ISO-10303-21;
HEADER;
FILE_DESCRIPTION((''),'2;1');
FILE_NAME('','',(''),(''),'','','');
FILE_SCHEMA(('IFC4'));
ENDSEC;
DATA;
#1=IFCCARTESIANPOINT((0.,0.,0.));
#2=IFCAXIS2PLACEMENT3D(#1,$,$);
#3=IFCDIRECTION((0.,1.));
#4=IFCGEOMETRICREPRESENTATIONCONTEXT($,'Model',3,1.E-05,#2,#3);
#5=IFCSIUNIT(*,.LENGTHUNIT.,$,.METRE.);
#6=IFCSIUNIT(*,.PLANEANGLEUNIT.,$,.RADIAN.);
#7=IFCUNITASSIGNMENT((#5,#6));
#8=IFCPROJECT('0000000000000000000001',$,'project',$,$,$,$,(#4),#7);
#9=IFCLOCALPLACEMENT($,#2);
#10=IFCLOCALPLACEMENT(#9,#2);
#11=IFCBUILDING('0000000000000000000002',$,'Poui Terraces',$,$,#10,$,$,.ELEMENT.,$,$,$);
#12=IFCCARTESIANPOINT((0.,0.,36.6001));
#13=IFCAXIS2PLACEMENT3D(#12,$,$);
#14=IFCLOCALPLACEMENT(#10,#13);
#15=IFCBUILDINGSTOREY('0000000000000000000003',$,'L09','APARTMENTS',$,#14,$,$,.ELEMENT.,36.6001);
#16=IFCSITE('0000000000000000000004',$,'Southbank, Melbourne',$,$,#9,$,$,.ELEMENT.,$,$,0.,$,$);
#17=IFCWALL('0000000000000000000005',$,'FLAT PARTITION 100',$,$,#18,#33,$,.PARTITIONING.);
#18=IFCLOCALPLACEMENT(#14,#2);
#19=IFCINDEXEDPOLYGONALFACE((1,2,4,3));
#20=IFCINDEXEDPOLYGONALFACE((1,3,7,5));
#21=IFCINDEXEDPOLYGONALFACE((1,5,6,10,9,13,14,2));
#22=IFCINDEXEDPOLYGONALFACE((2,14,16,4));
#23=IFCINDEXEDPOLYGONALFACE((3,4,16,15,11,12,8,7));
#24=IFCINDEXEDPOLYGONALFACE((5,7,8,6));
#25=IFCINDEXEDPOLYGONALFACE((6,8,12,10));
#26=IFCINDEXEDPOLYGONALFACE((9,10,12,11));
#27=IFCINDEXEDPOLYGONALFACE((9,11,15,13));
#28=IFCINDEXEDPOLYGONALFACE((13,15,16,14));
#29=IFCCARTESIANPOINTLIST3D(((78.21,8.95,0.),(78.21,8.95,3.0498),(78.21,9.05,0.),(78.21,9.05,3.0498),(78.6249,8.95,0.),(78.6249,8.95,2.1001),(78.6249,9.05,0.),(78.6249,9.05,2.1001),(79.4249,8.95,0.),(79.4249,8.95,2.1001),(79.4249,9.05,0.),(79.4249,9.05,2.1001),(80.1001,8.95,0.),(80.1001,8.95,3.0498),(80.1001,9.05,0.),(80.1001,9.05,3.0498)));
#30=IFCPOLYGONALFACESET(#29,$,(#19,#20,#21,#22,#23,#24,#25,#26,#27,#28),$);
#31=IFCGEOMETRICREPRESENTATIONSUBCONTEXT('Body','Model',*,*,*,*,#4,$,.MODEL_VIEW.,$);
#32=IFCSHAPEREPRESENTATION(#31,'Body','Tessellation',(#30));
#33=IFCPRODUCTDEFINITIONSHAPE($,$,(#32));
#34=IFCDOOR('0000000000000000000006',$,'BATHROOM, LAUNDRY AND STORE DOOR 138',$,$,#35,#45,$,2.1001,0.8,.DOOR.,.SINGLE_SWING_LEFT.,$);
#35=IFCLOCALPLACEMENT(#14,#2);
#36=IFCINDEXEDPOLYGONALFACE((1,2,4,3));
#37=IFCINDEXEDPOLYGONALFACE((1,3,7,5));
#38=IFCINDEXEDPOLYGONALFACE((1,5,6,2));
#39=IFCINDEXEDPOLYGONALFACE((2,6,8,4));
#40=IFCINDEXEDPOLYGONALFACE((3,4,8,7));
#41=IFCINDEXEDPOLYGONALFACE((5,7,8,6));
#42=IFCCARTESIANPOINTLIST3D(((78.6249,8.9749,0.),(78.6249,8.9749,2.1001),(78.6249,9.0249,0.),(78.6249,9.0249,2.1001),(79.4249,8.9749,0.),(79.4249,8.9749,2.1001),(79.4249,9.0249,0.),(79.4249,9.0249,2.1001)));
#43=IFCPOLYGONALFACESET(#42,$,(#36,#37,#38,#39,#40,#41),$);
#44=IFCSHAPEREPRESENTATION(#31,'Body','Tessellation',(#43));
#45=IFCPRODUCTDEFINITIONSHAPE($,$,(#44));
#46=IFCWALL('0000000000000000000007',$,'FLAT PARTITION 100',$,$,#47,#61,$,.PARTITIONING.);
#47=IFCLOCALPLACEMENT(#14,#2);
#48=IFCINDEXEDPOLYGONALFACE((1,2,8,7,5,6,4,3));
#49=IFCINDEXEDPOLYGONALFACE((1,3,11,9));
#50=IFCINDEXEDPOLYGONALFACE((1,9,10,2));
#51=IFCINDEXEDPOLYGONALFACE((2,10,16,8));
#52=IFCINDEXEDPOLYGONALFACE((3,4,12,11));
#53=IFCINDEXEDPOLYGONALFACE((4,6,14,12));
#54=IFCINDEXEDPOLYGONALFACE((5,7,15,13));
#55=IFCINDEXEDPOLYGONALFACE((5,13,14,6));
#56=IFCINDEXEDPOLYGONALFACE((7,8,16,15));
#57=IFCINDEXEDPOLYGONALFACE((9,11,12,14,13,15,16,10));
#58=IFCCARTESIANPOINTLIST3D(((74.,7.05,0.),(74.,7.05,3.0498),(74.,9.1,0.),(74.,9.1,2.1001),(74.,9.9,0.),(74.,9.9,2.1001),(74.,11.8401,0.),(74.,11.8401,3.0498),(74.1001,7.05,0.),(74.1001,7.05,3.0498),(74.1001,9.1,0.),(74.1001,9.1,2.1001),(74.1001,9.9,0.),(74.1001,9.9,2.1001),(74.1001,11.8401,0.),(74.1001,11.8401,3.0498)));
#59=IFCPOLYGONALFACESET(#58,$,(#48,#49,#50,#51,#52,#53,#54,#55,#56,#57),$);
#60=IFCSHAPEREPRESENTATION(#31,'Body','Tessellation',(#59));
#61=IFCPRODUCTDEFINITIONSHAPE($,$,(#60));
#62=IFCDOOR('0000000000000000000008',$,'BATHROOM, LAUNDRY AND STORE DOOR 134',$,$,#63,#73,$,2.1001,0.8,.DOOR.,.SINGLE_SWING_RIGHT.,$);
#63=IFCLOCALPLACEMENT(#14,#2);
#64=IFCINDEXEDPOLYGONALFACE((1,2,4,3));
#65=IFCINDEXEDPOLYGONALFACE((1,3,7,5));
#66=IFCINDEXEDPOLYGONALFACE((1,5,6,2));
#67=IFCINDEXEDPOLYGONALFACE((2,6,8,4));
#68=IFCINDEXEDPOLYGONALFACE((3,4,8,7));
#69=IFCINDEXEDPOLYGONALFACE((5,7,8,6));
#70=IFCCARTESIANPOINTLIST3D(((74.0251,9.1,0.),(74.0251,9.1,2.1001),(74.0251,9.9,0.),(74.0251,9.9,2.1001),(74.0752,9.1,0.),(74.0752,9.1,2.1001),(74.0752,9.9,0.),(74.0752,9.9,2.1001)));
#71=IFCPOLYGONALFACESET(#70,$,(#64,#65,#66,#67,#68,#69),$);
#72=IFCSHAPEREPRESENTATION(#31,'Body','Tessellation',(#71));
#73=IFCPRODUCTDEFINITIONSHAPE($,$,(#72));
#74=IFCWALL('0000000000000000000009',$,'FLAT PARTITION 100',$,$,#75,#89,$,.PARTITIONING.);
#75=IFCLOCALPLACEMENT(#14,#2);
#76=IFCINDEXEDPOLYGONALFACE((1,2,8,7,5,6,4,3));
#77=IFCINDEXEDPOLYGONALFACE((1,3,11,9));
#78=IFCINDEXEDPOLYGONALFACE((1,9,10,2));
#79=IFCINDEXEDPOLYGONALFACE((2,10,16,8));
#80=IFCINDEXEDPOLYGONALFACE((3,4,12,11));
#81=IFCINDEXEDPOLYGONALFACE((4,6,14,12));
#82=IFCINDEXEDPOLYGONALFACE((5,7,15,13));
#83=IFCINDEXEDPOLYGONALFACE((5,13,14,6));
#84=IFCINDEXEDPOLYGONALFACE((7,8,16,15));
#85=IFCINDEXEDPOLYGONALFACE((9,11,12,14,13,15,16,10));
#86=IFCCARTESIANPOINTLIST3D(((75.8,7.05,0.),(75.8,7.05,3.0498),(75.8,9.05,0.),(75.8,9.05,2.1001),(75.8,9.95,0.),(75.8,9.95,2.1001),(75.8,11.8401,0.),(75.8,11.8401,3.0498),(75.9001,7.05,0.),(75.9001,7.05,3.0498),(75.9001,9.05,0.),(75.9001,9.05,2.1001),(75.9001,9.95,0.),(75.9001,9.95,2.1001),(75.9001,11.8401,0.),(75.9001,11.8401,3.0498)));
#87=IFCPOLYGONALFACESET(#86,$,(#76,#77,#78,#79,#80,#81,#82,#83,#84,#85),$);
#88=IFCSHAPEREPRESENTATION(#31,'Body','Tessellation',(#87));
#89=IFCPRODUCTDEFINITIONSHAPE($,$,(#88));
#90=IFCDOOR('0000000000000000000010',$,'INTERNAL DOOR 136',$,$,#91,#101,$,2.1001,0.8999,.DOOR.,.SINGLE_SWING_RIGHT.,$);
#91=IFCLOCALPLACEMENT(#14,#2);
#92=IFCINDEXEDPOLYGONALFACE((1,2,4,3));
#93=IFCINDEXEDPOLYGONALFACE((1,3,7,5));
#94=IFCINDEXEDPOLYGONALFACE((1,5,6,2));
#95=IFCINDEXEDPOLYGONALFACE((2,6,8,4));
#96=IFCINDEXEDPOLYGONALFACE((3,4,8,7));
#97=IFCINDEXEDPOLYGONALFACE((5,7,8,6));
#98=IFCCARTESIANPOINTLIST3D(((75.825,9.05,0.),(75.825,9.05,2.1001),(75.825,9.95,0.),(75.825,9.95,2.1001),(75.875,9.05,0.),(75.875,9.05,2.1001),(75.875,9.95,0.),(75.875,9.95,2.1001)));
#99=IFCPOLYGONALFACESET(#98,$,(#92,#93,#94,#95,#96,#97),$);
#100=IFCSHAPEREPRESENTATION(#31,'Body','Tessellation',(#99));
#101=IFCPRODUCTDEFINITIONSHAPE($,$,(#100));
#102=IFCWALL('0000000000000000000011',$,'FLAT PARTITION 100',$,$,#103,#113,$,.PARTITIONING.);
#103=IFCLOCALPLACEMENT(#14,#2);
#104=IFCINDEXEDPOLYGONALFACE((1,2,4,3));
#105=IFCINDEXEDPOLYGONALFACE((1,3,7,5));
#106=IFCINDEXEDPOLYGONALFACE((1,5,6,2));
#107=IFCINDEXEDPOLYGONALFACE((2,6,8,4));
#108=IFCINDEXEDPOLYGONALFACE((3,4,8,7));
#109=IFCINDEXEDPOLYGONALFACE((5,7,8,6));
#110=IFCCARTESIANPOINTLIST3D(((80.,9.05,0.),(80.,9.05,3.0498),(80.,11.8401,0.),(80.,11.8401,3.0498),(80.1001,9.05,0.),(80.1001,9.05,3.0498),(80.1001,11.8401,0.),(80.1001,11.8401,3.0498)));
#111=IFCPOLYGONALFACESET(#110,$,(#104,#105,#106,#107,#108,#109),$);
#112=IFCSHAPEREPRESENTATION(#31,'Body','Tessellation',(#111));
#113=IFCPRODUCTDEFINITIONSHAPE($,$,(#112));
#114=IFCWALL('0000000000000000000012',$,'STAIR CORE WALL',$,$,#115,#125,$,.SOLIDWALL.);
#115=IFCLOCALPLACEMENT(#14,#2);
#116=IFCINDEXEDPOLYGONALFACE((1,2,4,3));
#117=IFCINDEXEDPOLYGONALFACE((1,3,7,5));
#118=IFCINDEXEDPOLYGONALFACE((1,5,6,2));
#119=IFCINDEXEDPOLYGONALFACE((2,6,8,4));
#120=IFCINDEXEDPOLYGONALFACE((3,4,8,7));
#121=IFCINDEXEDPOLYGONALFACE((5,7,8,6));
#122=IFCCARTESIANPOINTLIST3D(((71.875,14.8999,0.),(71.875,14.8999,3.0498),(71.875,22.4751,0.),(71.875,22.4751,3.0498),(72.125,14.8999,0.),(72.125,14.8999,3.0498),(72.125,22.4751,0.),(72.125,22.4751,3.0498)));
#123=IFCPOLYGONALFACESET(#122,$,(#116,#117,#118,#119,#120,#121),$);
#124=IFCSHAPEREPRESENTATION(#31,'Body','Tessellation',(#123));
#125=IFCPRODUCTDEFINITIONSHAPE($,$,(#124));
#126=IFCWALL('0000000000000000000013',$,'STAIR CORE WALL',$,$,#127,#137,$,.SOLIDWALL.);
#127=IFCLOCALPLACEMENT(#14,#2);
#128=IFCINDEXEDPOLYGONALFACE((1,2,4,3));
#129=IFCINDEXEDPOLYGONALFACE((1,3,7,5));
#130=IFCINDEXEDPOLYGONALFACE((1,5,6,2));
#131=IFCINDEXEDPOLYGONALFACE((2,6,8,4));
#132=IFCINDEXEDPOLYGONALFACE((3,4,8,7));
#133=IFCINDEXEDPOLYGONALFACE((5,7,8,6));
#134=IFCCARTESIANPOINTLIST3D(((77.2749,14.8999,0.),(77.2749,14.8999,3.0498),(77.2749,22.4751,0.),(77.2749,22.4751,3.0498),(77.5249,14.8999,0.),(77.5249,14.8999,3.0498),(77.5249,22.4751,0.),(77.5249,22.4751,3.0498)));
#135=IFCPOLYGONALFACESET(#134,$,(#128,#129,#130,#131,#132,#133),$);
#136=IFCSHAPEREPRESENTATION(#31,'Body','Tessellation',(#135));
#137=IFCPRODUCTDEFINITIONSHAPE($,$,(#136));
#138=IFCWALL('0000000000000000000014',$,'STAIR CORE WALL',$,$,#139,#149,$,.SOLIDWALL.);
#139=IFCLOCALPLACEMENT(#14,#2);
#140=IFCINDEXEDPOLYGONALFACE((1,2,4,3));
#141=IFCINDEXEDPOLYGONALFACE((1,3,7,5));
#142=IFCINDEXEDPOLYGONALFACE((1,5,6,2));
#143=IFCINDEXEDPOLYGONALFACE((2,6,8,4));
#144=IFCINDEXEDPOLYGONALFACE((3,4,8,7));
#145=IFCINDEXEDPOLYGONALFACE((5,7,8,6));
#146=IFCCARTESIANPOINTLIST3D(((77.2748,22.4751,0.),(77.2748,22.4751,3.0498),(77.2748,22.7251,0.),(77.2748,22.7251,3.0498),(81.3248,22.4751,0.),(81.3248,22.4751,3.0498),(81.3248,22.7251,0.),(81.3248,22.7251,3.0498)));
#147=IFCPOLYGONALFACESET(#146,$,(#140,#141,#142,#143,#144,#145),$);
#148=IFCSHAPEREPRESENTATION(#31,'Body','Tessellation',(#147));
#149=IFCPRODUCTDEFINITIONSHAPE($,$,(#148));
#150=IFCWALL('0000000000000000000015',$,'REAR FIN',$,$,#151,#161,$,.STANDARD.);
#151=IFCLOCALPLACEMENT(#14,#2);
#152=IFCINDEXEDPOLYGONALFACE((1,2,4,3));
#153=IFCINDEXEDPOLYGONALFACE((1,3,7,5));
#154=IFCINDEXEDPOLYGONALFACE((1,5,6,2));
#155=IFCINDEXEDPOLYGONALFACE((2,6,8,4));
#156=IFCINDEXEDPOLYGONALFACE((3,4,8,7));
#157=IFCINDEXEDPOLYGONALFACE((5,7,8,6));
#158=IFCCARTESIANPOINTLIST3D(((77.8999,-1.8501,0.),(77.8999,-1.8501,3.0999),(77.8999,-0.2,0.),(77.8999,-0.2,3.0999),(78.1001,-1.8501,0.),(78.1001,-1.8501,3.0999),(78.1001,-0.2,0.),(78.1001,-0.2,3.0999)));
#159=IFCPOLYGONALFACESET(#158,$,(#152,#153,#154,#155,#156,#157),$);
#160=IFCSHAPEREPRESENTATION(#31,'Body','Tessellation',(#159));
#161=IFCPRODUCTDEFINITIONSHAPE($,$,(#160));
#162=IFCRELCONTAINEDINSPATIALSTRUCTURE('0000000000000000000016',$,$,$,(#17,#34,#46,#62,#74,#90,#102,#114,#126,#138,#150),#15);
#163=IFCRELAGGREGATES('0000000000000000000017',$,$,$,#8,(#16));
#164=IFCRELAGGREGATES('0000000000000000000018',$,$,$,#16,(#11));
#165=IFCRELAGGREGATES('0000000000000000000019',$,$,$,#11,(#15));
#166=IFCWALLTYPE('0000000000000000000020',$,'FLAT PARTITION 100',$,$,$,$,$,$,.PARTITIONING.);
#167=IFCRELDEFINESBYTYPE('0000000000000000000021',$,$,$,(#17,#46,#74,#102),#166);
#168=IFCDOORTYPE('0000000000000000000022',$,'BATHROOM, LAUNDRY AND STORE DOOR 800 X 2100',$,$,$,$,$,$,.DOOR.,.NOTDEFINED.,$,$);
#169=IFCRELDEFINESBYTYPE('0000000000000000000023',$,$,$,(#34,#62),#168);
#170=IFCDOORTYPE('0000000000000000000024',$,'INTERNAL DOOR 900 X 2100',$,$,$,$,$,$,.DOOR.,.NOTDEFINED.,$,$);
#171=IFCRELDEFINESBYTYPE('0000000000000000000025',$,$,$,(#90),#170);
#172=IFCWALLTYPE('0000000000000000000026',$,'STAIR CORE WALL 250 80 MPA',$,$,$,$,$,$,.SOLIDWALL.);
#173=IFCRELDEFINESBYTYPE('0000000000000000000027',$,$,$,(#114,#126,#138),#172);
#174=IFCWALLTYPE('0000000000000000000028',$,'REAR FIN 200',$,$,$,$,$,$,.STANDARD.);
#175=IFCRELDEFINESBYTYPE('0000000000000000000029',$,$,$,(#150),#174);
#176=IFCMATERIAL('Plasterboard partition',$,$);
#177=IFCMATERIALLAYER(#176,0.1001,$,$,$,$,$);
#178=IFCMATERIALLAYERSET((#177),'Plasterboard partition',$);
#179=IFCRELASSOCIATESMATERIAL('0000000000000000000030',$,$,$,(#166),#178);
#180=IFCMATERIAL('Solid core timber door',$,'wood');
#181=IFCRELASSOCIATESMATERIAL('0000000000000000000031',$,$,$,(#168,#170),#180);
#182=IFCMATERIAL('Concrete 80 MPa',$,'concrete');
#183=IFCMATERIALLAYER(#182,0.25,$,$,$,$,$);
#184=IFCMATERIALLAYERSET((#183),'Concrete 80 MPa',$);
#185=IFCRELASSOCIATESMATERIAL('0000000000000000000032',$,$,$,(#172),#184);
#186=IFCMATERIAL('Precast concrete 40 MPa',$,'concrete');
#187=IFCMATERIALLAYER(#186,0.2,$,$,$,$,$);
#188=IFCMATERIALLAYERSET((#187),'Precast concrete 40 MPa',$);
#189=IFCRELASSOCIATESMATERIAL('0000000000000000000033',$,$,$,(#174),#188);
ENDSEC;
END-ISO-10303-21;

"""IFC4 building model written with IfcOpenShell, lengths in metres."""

from ifc_helpers import new_model, si_unit, direction, frame, frame_2d, origin, place, context, subcontext, project, spatial, polyline, rectangle, outline, extrude, source, transform, mapped, material, layer, layer_set, type_object, element, fill, save


model = new_model("IFC4")

# Units and contexts
model_context = context("Model", 3, precision=1e-05, world=origin(), true_north=direction((0.0, 1.0)))
body_context = subcontext(model_context, "Body", "Model", "MODEL_VIEW")
ifc_project = project(units=[si_unit("LENGTHUNIT", "METRE"), si_unit("PLANEANGLEUNIT", "RADIAN")], contexts=[model_context])

# Site, building, storey
site_placement = place(None, origin())
site = spatial("IfcSite", under=ifc_project, at=site_placement, Name="Southbank, Melbourne", CompositionType="ELEMENT", RefElevation=0.0)
building_placement = place(site_placement, origin())
building = spatial("IfcBuilding", under=site, at=building_placement, Name="Poui Terraces", CompositionType="ELEMENT")
storey_placement = place(building_placement, frame((0.0, 0.0, 36.6001)))
storey = spatial("IfcBuildingStorey", under=building, at=storey_placement, Name="L09", Description="APARTMENTS", CompositionType="ELEMENT", Elevation=36.6001)

# Shared definitions
ifc_material_1 = material(Name="Concrete 80 MPa", Category="concrete")

# Shared definitions
ifc_material_2 = material(Name="Precast concrete 40 MPa", Category="concrete")

# Shared definitions
ifc_material_3 = material(Name="Plasterboard partition")
ifc_layer_1 = layer(ifc_material_3, 0.1001)
ifc_layer_set_1 = layer_set([ifc_layer_1], Name="Plasterboard partition")
wall_type_1 = type_object("IfcWallType", Name="FLAT PARTITION 100", PredefinedType="PARTITIONING", material=ifc_layer_set_1)

# Walls, openings, doors
wall_1_placement = place(storey_placement, frame((78.21, 9.0, 0.0), z_axis=(0.0, 0.0, 1.0), x_axis=(1.0, 0.0, 0.0)))
wall_1 = element("IfcWall", 1, at=wall_1_placement, inside=storey, type_object=wall_type_1, Name="FLAT PARTITION 100", PredefinedType="PARTITIONING", context=body_context, shape_type="SweptSolid", body=[
    extrude(rectangle(XDim=1.8901, YDim=0.1001, at=frame_2d((0.9451, 0.0))), origin(), (0.0, 0.0, 1.0), 3.0498),
])
opening_1_placement = place(wall_1_placement, frame((0.415, 0.0, 0.0)))
opening_1 = element("IfcOpeningElement", 2, at=opening_1_placement, cuts=wall_1, PredefinedType="OPENING", context=body_context, shape_type="SweptSolid", body=[
    extrude(rectangle(XDim=0.8, YDim=2.1001, at=frame_2d((0.3999, 1.05))), frame((0.0, 0.0601, 0.0), z_axis=(0.0, -1.0, 0.0), x_axis=(1.0, 0.0, 0.0)), (0.0, 0.0, 1.0), 0.1201),
])
ifc_material_4 = material(Name="Solid core timber door", Category="wood")
door_type_1 = type_object("IfcDoorType", Name="BATHROOM, LAUNDRY AND STORE DOOR 800 X 2100", OperationType="NOTDEFINED", PredefinedType="DOOR", material=ifc_material_4)
door_1_placement = place(opening_1_placement, origin())
door_1 = element("IfcDoor", 3, at=door_1_placement, inside=storey, type_object=door_type_1, Name="BATHROOM, LAUNDRY AND STORE DOOR 138", OperationType="SINGLE_SWING_LEFT", OverallHeight=2.1001, OverallWidth=0.8, PredefinedType="DOOR", context=body_context, shape_type="SweptSolid", body=[
    extrude(rectangle(XDim=0.8, YDim=2.1001, at=frame_2d((0.3999, 1.05))), frame((0.0, 0.0249, 0.0), z_axis=(0.0, -1.0, 0.0), x_axis=(1.0, 0.0, 0.0)), (0.0, 0.0, 1.0), 0.05),
])
fill(opening_1, door_1)
wall_2_placement = place(storey_placement, frame((74.05, 7.05, 0.0), z_axis=(0.0, 0.0, 1.0), x_axis=(0.0, 1.0, 0.0)))
wall_2 = element("IfcWall", 4, at=wall_2_placement, inside=storey, type_object=wall_type_1, Name="FLAT PARTITION 100", PredefinedType="PARTITIONING", context=body_context, shape_type="SweptSolid", body=[
    extrude(rectangle(XDim=4.79, YDim=0.1001, at=frame_2d((2.395, 0.0))), origin(), (0.0, 0.0, 1.0), 3.0498),
])
opening_2_placement = place(wall_2_placement, frame((2.05, 0.0, 0.0)))
opening_2 = element("IfcOpeningElement", 5, at=opening_2_placement, cuts=wall_2, PredefinedType="OPENING", context=body_context, shape_type="SweptSolid", body=[
    extrude(rectangle(XDim=0.8, YDim=2.1001, at=frame_2d((0.3999, 1.05))), frame((0.0, 0.0601, 0.0), z_axis=(0.0, -1.0, 0.0), x_axis=(1.0, 0.0, 0.0)), (0.0, 0.0, 1.0), 0.1201),
])
door_2_placement = place(opening_2_placement, origin())
door_2 = element("IfcDoor", 6, at=door_2_placement, inside=storey, type_object=door_type_1, Name="BATHROOM, LAUNDRY AND STORE DOOR 134", OperationType="SINGLE_SWING_RIGHT", OverallHeight=2.1001, OverallWidth=0.8, PredefinedType="DOOR", context=body_context, shape_type="SweptSolid", body=[
    extrude(rectangle(XDim=0.8, YDim=2.1001, at=frame_2d((0.3999, 1.05))), frame((0.0, 0.0249, 0.0), z_axis=(0.0, -1.0, 0.0), x_axis=(1.0, 0.0, 0.0)), (0.0, 0.0, 1.0), 0.05),
])
fill(opening_2, door_2)
wall_3_placement = place(storey_placement, frame((75.8501, 7.05, 0.0), z_axis=(0.0, 0.0, 1.0), x_axis=(0.0, 1.0, 0.0)))
wall_3 = element("IfcWall", 7, at=wall_3_placement, inside=storey, type_object=wall_type_1, Name="FLAT PARTITION 100", PredefinedType="PARTITIONING", context=body_context, shape_type="SweptSolid", body=[
    extrude(rectangle(XDim=4.79, YDim=0.1001, at=frame_2d((2.395, 0.0))), origin(), (0.0, 0.0, 1.0), 3.0498),
])
opening_3_placement = place(wall_3_placement, frame((2.0, 0.0, 0.0)))
opening_3 = element("IfcOpeningElement", 8, at=opening_3_placement, cuts=wall_3, PredefinedType="OPENING", context=body_context, shape_type="SweptSolid", body=[
    extrude(rectangle(XDim=0.8999, YDim=2.1001, at=frame_2d((0.45, 1.05))), frame((0.0, 0.0601, 0.0), z_axis=(0.0, -1.0, 0.0), x_axis=(1.0, 0.0, 0.0)), (0.0, 0.0, 1.0), 0.1201),
])
door_type_2 = type_object("IfcDoorType", Name="INTERNAL DOOR 900 X 2100", OperationType="NOTDEFINED", PredefinedType="DOOR", material=ifc_material_4)
door_3_placement = place(opening_3_placement, frame((0.8999, 0.0, 0.0), z_axis=(0.0, 0.0, 1.0), x_axis=(-1.0, 0.0, 0.0)))
door_3 = element("IfcDoor", 9, at=door_3_placement, inside=storey, type_object=door_type_2, Name="INTERNAL DOOR 136", OperationType="SINGLE_SWING_RIGHT", OverallHeight=2.1001, OverallWidth=0.8999, PredefinedType="DOOR", context=body_context, shape_type="SweptSolid", body=[
    extrude(rectangle(XDim=0.8999, YDim=2.1001, at=frame_2d((0.45, 1.05))), frame((0.0, 0.0249, 0.0), z_axis=(0.0, -1.0, 0.0), x_axis=(1.0, 0.0, 0.0)), (0.0, 0.0, 1.0), 0.05),
])
fill(opening_3, door_3)

# Walls
wall_4_placement = place(storey_placement, frame((80.05, 9.05, 0.0), z_axis=(0.0, 0.0, 1.0), x_axis=(0.0, 1.0, 0.0)))
element("IfcWall", 10, at=wall_4_placement, inside=storey, type_object=wall_type_1, Name="FLAT PARTITION 100", PredefinedType="PARTITIONING", context=body_context, shape_type="SweptSolid", body=[
    extrude(rectangle(XDim=2.79, YDim=0.1001, at=frame_2d((1.395, 0.0))), origin(), (0.0, 0.0, 1.0), 3.0498),
])
ifc_layer_2 = layer(ifc_material_1, 0.25)
ifc_layer_set_2 = layer_set([ifc_layer_2], Name="Concrete 80 MPa")
wall_type_2 = type_object("IfcWallType", Name="STAIR CORE WALL 250 80 MPA", PredefinedType="SOLIDWALL", material=ifc_layer_set_2)
for number, where, z_axis, x_axis, name in (
    (11, (72.0, 14.8999, 0.0), (0.0, 0.0, 1.0), (0.0, 1.0, 0.0), "STAIR CORE WALL"),
    (12, (77.3999, 14.8999, 0.0), (0.0, 0.0, 1.0), (0.0, 1.0, 0.0), "STAIR CORE WALL"),
):
    element("IfcWall", number, at=place(storey_placement, frame(where, z_axis=z_axis, x_axis=x_axis)), inside=storey, type_object=wall_type_2, Name=name, PredefinedType="SOLIDWALL", context=body_context, shape_type="SweptSolid", body=[
        extrude(rectangle(XDim=7.5752, YDim=0.25, at=frame_2d((3.7876, 0.0))), origin(), (0.0, 0.0, 1.0), 3.0498),
    ])
wall_5_placement = place(storey_placement, frame((77.2749, 22.6001, 0.0), z_axis=(0.0, 0.0, 1.0), x_axis=(1.0, 0.0, 0.0)))
element("IfcWall", 13, at=wall_5_placement, inside=storey, type_object=wall_type_2, Name="STAIR CORE WALL", PredefinedType="SOLIDWALL", context=body_context, shape_type="SweptSolid", body=[
    extrude(rectangle(XDim=4.05, YDim=0.25, at=frame_2d((2.0249, 0.0))), origin(), (0.0, 0.0, 1.0), 3.0498),
])
ifc_layer_3 = layer(ifc_material_2, 0.2)
ifc_layer_set_3 = layer_set([ifc_layer_3], Name="Precast concrete 40 MPa")
wall_type_3 = type_object("IfcWallType", Name="REAR FIN 200", PredefinedType="STANDARD", material=ifc_layer_set_3)
shared_shape_1 = source(origin(), body_context, "Body", "SweptSolid", [
    extrude(outline(polyline([(0.0, 0.0), (0.2002, 0.0), (0.2002, 1.6501), (0.0, 1.6501), (0.0, 0.0)])), origin(), (0.0, 0.0, 1.0), 3.0999),
])
wall_6_placement = place(storey_placement, frame((77.8999, -1.8501, 0.0)))
element("IfcWall", 14, at=wall_6_placement, inside=storey, type_object=wall_type_3, Name="REAR FIN", PredefinedType="STANDARD", context=body_context, shape_type="MappedRepresentation", body=[
    mapped(shared_shape_1, transform((0.0, 0.0, 0.0))),
])

save(model, "model.ifc")
